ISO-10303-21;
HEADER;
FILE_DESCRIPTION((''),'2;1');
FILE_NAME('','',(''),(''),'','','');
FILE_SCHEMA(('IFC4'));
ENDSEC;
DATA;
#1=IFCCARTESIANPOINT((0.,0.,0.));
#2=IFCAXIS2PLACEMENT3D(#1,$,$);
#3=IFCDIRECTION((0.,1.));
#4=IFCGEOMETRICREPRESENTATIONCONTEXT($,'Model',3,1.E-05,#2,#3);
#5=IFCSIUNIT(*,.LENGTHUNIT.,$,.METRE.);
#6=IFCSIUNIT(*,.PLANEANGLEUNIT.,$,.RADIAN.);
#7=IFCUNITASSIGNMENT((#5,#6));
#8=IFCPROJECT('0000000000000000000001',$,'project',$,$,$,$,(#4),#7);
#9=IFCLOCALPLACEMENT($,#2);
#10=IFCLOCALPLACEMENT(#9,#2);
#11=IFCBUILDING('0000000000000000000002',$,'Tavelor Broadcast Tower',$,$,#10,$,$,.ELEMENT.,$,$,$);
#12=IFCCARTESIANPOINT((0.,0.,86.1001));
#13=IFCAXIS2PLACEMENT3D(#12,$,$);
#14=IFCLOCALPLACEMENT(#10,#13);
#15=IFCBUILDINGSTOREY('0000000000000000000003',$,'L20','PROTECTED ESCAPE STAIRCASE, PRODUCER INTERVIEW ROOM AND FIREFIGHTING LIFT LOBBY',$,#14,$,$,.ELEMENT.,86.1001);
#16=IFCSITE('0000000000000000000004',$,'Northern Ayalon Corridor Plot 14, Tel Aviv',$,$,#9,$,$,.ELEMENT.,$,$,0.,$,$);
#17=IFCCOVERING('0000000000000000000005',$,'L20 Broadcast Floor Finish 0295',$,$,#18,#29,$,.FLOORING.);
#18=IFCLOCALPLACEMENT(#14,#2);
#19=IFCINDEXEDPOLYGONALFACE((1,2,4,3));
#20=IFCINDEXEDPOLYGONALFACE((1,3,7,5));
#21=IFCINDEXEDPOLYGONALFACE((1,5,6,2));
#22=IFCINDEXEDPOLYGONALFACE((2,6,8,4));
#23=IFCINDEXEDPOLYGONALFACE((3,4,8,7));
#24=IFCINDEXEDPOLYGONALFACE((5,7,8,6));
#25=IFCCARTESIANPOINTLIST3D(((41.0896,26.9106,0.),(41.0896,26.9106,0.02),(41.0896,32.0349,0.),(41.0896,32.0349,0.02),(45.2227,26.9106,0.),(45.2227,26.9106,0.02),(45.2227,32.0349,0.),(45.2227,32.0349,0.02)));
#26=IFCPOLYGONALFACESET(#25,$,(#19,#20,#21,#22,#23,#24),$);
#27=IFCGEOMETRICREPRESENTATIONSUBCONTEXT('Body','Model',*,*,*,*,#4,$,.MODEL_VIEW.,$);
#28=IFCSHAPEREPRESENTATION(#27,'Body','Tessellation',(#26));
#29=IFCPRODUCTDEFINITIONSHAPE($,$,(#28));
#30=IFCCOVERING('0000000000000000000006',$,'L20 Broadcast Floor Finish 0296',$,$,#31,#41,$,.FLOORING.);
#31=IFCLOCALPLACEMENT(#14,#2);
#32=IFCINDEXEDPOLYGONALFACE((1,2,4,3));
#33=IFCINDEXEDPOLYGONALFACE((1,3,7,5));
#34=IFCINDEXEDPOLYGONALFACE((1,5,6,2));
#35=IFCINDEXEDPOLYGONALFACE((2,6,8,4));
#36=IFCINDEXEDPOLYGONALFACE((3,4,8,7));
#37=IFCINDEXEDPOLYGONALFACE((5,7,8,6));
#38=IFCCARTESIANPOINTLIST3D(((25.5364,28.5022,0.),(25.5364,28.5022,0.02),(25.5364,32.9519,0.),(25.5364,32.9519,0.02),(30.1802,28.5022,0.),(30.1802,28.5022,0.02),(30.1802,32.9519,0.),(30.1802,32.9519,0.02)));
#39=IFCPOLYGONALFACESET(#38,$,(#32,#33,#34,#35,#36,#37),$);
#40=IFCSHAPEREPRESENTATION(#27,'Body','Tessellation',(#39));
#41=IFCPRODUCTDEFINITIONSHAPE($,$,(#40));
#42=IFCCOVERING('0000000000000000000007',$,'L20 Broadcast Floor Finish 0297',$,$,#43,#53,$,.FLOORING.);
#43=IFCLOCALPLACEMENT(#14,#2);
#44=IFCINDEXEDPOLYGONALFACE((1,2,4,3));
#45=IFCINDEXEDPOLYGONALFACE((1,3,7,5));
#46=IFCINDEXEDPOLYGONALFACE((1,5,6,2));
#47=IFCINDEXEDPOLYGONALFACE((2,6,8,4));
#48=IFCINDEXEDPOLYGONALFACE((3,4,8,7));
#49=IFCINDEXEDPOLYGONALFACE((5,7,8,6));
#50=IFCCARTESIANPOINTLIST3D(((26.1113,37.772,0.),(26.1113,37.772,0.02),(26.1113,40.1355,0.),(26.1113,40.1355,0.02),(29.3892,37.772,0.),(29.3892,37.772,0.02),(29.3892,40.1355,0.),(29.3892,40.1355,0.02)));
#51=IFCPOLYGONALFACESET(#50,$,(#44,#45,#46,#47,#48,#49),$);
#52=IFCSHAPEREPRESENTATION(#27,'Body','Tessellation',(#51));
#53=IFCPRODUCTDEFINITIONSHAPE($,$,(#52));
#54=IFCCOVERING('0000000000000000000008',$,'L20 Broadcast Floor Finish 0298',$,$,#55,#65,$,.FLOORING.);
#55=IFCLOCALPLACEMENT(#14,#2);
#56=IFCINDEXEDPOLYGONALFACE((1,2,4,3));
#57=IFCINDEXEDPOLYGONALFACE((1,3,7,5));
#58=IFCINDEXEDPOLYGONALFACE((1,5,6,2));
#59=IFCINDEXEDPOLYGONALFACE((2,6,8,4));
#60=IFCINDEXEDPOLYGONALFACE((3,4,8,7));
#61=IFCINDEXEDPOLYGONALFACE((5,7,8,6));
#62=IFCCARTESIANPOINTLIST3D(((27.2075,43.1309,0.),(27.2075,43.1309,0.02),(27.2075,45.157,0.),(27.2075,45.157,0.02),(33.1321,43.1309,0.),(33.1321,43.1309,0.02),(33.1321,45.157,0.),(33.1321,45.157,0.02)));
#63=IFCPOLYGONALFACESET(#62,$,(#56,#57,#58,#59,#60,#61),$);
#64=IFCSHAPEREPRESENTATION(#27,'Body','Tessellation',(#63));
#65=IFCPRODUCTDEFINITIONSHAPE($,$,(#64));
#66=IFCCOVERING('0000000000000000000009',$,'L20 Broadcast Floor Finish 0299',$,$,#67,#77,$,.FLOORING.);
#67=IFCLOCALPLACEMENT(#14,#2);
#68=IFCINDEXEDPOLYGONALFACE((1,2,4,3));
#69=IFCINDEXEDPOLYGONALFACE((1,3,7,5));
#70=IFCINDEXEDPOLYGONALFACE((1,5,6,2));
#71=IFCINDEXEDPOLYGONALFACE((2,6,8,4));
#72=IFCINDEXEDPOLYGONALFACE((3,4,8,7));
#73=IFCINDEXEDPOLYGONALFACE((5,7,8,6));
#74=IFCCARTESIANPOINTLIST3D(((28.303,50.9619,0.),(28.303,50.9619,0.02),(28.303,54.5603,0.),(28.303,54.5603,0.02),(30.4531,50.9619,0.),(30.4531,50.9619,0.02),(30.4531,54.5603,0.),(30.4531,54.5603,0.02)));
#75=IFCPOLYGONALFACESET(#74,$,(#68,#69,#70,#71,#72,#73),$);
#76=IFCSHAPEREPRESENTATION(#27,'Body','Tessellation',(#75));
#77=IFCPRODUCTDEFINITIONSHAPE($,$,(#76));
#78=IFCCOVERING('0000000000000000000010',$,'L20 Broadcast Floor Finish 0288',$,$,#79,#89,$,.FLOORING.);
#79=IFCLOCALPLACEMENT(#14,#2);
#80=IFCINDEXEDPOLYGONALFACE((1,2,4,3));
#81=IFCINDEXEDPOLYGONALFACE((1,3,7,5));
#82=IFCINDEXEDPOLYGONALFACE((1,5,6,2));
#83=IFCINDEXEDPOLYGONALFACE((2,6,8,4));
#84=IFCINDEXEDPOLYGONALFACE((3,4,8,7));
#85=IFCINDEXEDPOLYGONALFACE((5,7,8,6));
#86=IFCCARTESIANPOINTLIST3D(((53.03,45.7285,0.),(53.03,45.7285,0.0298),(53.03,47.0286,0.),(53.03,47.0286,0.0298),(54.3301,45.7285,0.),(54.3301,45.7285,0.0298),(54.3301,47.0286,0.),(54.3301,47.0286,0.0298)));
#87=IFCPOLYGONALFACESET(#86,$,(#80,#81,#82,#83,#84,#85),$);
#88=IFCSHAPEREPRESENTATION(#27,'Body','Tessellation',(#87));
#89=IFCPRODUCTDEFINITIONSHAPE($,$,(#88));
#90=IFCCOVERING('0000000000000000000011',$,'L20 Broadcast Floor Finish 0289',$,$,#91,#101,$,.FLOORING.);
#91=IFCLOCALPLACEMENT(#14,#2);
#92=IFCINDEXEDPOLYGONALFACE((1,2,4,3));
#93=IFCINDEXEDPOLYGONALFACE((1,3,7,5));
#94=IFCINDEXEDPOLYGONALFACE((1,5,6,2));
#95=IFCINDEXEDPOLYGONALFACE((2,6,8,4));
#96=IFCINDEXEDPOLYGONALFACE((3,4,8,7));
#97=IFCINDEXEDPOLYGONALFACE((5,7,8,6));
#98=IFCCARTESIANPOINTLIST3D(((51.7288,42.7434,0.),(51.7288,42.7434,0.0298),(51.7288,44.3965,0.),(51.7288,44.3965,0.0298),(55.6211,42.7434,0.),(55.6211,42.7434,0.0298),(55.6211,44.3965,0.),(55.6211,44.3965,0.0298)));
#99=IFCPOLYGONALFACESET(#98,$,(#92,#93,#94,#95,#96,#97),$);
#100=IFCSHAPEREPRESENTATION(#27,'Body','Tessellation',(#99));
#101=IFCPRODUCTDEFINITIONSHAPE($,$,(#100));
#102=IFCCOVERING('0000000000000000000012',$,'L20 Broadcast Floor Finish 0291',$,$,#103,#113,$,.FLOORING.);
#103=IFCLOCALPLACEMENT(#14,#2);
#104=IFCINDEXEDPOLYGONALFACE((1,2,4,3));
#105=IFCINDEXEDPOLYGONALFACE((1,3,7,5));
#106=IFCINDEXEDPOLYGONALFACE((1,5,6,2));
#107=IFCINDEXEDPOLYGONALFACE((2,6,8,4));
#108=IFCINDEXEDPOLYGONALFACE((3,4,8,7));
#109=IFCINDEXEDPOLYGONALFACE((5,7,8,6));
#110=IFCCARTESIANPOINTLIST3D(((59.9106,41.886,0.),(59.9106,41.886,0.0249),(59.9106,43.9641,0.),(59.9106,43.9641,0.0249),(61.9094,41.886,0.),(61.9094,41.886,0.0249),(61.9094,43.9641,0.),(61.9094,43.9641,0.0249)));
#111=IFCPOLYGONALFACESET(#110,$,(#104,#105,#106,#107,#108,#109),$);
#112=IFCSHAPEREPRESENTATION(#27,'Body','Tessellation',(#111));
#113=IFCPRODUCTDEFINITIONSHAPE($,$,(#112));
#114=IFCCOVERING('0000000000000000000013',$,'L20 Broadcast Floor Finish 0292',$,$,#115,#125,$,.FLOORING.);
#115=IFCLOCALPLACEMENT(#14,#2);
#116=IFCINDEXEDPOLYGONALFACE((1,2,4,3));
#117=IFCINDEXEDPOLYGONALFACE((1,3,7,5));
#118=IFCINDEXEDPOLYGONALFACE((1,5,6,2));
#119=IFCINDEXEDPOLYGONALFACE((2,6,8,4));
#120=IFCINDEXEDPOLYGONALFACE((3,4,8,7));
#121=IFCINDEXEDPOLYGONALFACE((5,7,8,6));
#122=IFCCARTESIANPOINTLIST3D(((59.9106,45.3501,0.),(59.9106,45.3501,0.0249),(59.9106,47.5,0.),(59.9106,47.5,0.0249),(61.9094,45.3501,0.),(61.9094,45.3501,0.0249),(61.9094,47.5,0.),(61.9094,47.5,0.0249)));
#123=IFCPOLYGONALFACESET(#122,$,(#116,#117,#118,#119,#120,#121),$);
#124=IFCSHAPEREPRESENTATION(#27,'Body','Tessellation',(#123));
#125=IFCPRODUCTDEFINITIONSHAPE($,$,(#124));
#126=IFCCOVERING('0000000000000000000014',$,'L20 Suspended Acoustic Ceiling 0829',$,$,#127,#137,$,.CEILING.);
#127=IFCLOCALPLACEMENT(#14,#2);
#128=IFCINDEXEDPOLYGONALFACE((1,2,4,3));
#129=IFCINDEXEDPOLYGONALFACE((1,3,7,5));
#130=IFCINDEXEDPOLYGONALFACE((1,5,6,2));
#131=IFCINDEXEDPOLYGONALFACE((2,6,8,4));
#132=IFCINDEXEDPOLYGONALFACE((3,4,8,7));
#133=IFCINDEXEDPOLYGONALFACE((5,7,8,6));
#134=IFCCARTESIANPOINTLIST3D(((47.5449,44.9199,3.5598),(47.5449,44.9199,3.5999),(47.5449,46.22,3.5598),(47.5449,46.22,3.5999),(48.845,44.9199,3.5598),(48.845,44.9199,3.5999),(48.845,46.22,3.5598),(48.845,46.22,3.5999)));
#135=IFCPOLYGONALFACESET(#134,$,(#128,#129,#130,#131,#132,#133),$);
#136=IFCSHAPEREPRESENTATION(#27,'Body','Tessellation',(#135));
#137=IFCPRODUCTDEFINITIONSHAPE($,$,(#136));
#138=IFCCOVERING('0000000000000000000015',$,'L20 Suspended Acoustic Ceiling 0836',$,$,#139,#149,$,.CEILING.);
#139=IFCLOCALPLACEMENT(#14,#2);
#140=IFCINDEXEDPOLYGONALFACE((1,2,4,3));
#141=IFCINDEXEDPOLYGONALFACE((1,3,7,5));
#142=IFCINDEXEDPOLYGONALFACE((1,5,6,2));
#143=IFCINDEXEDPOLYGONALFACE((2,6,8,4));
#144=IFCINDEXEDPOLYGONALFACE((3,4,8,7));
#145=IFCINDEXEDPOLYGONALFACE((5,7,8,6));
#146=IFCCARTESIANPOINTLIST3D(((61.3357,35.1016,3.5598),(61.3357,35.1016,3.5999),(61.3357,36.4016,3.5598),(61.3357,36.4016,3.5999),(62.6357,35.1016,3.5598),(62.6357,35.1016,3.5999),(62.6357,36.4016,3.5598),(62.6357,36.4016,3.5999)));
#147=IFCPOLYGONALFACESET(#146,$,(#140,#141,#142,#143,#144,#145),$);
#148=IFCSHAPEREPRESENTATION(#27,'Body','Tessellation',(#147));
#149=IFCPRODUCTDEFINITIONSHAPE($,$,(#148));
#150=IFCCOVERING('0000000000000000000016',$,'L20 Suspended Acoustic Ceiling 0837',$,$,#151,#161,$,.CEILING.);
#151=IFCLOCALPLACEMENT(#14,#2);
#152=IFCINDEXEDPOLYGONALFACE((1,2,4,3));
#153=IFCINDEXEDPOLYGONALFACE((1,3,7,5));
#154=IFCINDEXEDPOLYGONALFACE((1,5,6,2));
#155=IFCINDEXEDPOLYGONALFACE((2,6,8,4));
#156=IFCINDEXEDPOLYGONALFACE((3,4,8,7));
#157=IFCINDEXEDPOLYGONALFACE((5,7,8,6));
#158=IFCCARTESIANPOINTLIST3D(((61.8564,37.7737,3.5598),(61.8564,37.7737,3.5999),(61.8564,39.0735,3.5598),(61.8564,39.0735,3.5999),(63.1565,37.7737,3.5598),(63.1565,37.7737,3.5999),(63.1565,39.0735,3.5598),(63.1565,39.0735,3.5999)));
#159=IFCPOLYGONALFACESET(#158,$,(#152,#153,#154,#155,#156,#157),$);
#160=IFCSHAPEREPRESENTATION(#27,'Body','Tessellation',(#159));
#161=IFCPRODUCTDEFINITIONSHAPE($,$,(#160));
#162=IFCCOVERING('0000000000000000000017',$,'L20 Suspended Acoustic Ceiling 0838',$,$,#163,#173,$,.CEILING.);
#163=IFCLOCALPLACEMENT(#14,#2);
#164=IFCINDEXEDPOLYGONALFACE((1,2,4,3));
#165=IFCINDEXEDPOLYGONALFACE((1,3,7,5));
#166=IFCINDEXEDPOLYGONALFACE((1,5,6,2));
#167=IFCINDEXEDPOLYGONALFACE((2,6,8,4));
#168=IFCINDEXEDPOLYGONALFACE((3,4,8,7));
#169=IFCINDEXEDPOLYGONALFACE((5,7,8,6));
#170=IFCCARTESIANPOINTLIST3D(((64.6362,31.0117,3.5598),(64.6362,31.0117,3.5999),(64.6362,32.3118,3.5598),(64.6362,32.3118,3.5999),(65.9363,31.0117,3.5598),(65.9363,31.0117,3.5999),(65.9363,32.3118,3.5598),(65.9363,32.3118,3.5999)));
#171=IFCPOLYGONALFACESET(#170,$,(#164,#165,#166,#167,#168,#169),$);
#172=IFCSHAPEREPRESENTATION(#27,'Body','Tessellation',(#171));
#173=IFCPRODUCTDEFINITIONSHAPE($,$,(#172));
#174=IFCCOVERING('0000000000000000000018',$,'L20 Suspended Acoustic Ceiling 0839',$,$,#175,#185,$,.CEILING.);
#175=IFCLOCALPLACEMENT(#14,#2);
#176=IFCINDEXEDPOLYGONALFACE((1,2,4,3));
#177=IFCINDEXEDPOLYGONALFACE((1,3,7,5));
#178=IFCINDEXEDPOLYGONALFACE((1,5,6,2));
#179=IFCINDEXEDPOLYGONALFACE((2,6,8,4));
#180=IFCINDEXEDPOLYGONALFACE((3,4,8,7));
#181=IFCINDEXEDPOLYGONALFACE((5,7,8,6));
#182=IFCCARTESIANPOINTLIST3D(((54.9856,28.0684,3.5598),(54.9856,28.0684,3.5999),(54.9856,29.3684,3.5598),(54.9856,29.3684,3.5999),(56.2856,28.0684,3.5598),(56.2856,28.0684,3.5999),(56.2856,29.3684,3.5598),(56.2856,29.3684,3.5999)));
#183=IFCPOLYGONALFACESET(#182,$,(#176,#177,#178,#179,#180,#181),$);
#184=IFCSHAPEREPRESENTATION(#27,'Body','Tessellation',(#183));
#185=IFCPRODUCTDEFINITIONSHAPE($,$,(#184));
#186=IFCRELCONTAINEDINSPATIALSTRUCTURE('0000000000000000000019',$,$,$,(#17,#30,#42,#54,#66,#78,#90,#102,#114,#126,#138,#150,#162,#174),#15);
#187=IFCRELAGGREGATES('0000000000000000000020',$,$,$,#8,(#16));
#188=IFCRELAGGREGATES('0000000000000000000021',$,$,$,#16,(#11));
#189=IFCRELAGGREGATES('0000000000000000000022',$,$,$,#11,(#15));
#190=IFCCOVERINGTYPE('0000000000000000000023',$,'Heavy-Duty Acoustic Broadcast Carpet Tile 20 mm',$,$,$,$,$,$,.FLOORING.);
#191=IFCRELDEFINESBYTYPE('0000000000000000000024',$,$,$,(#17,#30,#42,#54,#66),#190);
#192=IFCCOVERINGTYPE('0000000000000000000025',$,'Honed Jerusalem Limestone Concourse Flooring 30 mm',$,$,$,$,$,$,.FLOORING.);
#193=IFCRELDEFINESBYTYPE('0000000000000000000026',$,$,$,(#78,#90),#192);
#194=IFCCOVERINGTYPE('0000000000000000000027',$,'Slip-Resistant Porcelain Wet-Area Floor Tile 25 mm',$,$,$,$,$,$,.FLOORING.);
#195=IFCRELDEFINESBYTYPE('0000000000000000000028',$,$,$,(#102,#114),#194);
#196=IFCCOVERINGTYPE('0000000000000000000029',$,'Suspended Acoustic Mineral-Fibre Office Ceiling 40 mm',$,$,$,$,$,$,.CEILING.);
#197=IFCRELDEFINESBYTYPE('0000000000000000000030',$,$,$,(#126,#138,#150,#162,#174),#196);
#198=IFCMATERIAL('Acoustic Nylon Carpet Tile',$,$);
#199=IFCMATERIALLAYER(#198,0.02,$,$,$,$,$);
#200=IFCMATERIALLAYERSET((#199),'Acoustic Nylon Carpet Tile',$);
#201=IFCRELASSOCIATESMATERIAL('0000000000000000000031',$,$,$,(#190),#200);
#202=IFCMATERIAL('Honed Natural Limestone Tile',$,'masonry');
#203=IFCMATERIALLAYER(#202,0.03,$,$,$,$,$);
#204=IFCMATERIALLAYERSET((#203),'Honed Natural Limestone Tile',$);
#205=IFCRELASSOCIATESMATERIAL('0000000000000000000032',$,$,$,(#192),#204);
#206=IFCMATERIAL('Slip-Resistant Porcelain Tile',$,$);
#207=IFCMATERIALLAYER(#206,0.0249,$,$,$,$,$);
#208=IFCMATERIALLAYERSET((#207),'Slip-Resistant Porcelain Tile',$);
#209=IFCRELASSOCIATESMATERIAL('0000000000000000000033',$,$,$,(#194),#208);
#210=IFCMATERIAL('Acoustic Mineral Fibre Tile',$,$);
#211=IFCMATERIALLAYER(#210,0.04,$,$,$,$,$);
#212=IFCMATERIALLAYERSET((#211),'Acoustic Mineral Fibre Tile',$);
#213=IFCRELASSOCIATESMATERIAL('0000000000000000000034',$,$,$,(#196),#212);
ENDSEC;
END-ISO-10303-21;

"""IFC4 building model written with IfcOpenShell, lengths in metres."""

from ifc_helpers import new_model, si_unit, direction, frame, origin, place, context, subcontext, project, spatial, polyline, outline, extrude, material, layer, layer_set, type_object, element, save


model = new_model("IFC4")

# Units and contexts
model_context = context("Model", 3, precision=1e-05, world=origin(), true_north=direction((0.0, 1.0)))
body_context = subcontext(model_context, "Body", "Model", "MODEL_VIEW")
ifc_project = project(units=[si_unit("LENGTHUNIT", "METRE"), si_unit("PLANEANGLEUNIT", "RADIAN")], contexts=[model_context])

# Site, building, storey
site_placement = place(None, origin())
site = spatial("IfcSite", under=ifc_project, at=site_placement, Name="Northern Ayalon Corridor Plot 14, Tel Aviv", CompositionType="ELEMENT", RefElevation=0.0)
building_placement = place(site_placement, origin())
building = spatial("IfcBuilding", under=site, at=building_placement, Name="Tavelor Broadcast Tower", CompositionType="ELEMENT")
storey_placement = place(building_placement, frame((0.0, 0.0, 86.1001)))
storey = spatial("IfcBuildingStorey", under=building, at=storey_placement, Name="L20", Description="PROTECTED ESCAPE STAIRCASE, PRODUCER INTERVIEW ROOM AND FIREFIGHTING LIFT LOBBY", CompositionType="ELEMENT", Elevation=86.1001)

# Coverings
ifc_material_1 = material(Name="Acoustic Nylon Carpet Tile")
ifc_layer_1 = layer(ifc_material_1, 0.02)
ifc_layer_set_1 = layer_set([ifc_layer_1], Name="Acoustic Nylon Carpet Tile")
covering_type_1 = type_object("IfcCoveringType", Name="Heavy-Duty Acoustic Broadcast Carpet Tile 20 mm", PredefinedType="FLOORING", material=ifc_layer_set_1)
covering_1_placement = place(storey_placement, origin())
element("IfcCovering", 1, at=covering_1_placement, inside=storey, type_object=covering_type_1, Name="L20 Broadcast Floor Finish 0295", PredefinedType="FLOORING", context=body_context, shape_type="SweptSolid", body=[
    extrude(outline(polyline([(41.0896, 26.9106), (45.2227, 26.9106), (45.2227, 32.0349), (41.0896, 32.0349), (41.0896, 26.9106)])), origin(), (0.0, 0.0, 1.0), 0.02),
])
covering_2_placement = place(storey_placement, origin())
element("IfcCovering", 2, at=covering_2_placement, inside=storey, type_object=covering_type_1, Name="L20 Broadcast Floor Finish 0296", PredefinedType="FLOORING", context=body_context, shape_type="SweptSolid", body=[
    extrude(outline(polyline([(25.5364, 28.5022), (30.1802, 28.5022), (30.1802, 32.9519), (25.5364, 32.9519), (25.5364, 28.5022)])), origin(), (0.0, 0.0, 1.0), 0.02),
])
covering_3_placement = place(storey_placement, origin())
element("IfcCovering", 3, at=covering_3_placement, inside=storey, type_object=covering_type_1, Name="L20 Broadcast Floor Finish 0297", PredefinedType="FLOORING", context=body_context, shape_type="SweptSolid", body=[
    extrude(outline(polyline([(26.1113, 37.772), (29.3892, 37.772), (29.3892, 40.1355), (26.1113, 40.1355), (26.1113, 37.772)])), origin(), (0.0, 0.0, 1.0), 0.02),
])
covering_4_placement = place(storey_placement, origin())
element("IfcCovering", 4, at=covering_4_placement, inside=storey, type_object=covering_type_1, Name="L20 Broadcast Floor Finish 0298", PredefinedType="FLOORING", context=body_context, shape_type="SweptSolid", body=[
    extrude(outline(polyline([(27.2075, 43.1309), (33.1321, 43.1309), (33.1321, 45.157), (27.2075, 45.157), (27.2075, 43.1309)])), origin(), (0.0, 0.0, 1.0), 0.02),
])
covering_5_placement = place(storey_placement, origin())
element("IfcCovering", 5, at=covering_5_placement, inside=storey, type_object=covering_type_1, Name="L20 Broadcast Floor Finish 0299", PredefinedType="FLOORING", context=body_context, shape_type="SweptSolid", body=[
    extrude(outline(polyline([(28.303, 50.9619), (30.4531, 50.9619), (30.4531, 54.5603), (28.303, 54.5603), (28.303, 50.9619)])), origin(), (0.0, 0.0, 1.0), 0.02),
])
ifc_material_2 = material(Name="Honed Natural Limestone Tile", Category="masonry")
ifc_layer_2 = layer(ifc_material_2, 0.03)
ifc_layer_set_2 = layer_set([ifc_layer_2], Name="Honed Natural Limestone Tile")
covering_type_2 = type_object("IfcCoveringType", Name="Honed Jerusalem Limestone Concourse Flooring 30 mm", PredefinedType="FLOORING", material=ifc_layer_set_2)
covering_6_placement = place(storey_placement, origin())
element("IfcCovering", 6, at=covering_6_placement, inside=storey, type_object=covering_type_2, Name="L20 Broadcast Floor Finish 0288", PredefinedType="FLOORING", context=body_context, shape_type="SweptSolid", body=[
    extrude(outline(polyline([(53.03, 45.7285), (54.3301, 45.7285), (54.3301, 47.0286), (53.03, 47.0286), (53.03, 45.7285)])), origin(), (0.0, 0.0, 1.0), 0.0298),
])
covering_7_placement = place(storey_placement, origin())
element("IfcCovering", 7, at=covering_7_placement, inside=storey, type_object=covering_type_2, Name="L20 Broadcast Floor Finish 0289", PredefinedType="FLOORING", context=body_context, shape_type="SweptSolid", body=[
    extrude(outline(polyline([(51.7288, 42.7434), (55.6211, 42.7434), (55.6211, 44.3965), (51.7288, 44.3965), (51.7288, 42.7434)])), origin(), (0.0, 0.0, 1.0), 0.0298),
])
ifc_material_3 = material(Name="Slip-Resistant Porcelain Tile")
ifc_layer_3 = layer(ifc_material_3, 0.0249)
ifc_layer_set_3 = layer_set([ifc_layer_3], Name="Slip-Resistant Porcelain Tile")
covering_type_3 = type_object("IfcCoveringType", Name="Slip-Resistant Porcelain Wet-Area Floor Tile 25 mm", PredefinedType="FLOORING", material=ifc_layer_set_3)
covering_8_placement = place(storey_placement, origin())
element("IfcCovering", 8, at=covering_8_placement, inside=storey, type_object=covering_type_3, Name="L20 Broadcast Floor Finish 0291", PredefinedType="FLOORING", context=body_context, shape_type="SweptSolid", body=[
    extrude(outline(polyline([(59.9106, 41.886), (61.9094, 41.886), (61.9094, 43.9641), (59.9106, 43.9641), (59.9106, 41.886)])), origin(), (0.0, 0.0, 1.0), 0.0249),
])
covering_9_placement = place(storey_placement, origin())
element("IfcCovering", 9, at=covering_9_placement, inside=storey, type_object=covering_type_3, Name="L20 Broadcast Floor Finish 0292", PredefinedType="FLOORING", context=body_context, shape_type="SweptSolid", body=[
    extrude(outline(polyline([(59.9106, 45.3501), (61.9094, 45.3501), (61.9094, 47.5), (59.9106, 47.5), (59.9106, 45.3501)])), origin(), (0.0, 0.0, 1.0), 0.0249),
])
ifc_material_4 = material(Name="Acoustic Mineral Fibre Tile")
ifc_layer_4 = layer(ifc_material_4, 0.04)
ifc_layer_set_4 = layer_set([ifc_layer_4], Name="Acoustic Mineral Fibre Tile")
covering_type_4 = type_object("IfcCoveringType", Name="Suspended Acoustic Mineral-Fibre Office Ceiling 40 mm", PredefinedType="CEILING", material=ifc_layer_set_4)
covering_10_placement = place(storey_placement, frame((0.0, 0.0, 3.5598)))
element("IfcCovering", 10, at=covering_10_placement, inside=storey, type_object=covering_type_4, Name="L20 Suspended Acoustic Ceiling 0829", PredefinedType="CEILING", context=body_context, shape_type="SweptSolid", body=[
    extrude(outline(polyline([(47.5449, 44.9199), (48.845, 44.9199), (48.845, 46.22), (47.5449, 46.22), (47.5449, 44.9199)])), origin(), (0.0, 0.0, 1.0), 0.04),
])
covering_11_placement = place(storey_placement, frame((0.0, 0.0, 3.5598)))
element("IfcCovering", 11, at=covering_11_placement, inside=storey, type_object=covering_type_4, Name="L20 Suspended Acoustic Ceiling 0836", PredefinedType="CEILING", context=body_context, shape_type="SweptSolid", body=[
    extrude(outline(polyline([(61.3357, 35.1016), (62.6357, 35.1016), (62.6357, 36.4016), (61.3357, 36.4016), (61.3357, 35.1016)])), origin(), (0.0, 0.0, 1.0), 0.04),
])
covering_12_placement = place(storey_placement, frame((0.0, 0.0, 3.5598)))
element("IfcCovering", 12, at=covering_12_placement, inside=storey, type_object=covering_type_4, Name="L20 Suspended Acoustic Ceiling 0837", PredefinedType="CEILING", context=body_context, shape_type="SweptSolid", body=[
    extrude(outline(polyline([(61.8564, 37.7737), (63.1565, 37.7737), (63.1565, 39.0735), (61.8564, 39.0735), (61.8564, 37.7737)])), origin(), (0.0, 0.0, 1.0), 0.04),
])
covering_13_placement = place(storey_placement, frame((0.0, 0.0, 3.5598)))
element("IfcCovering", 13, at=covering_13_placement, inside=storey, type_object=covering_type_4, Name="L20 Suspended Acoustic Ceiling 0838", PredefinedType="CEILING", context=body_context, shape_type="SweptSolid", body=[
    extrude(outline(polyline([(64.6362, 31.0117), (65.9363, 31.0117), (65.9363, 32.3118), (64.6362, 32.3118), (64.6362, 31.0117)])), origin(), (0.0, 0.0, 1.0), 0.04),
])
covering_14_placement = place(storey_placement, frame((0.0, 0.0, 3.5598)))
element("IfcCovering", 14, at=covering_14_placement, inside=storey, type_object=covering_type_4, Name="L20 Suspended Acoustic Ceiling 0839", PredefinedType="CEILING", context=body_context, shape_type="SweptSolid", body=[
    extrude(outline(polyline([(54.9856, 28.0684), (56.2856, 28.0684), (56.2856, 29.3684), (54.9856, 29.3684), (54.9856, 28.0684)])), origin(), (0.0, 0.0, 1.0), 0.04),
])

save(model, "model.ifc")
